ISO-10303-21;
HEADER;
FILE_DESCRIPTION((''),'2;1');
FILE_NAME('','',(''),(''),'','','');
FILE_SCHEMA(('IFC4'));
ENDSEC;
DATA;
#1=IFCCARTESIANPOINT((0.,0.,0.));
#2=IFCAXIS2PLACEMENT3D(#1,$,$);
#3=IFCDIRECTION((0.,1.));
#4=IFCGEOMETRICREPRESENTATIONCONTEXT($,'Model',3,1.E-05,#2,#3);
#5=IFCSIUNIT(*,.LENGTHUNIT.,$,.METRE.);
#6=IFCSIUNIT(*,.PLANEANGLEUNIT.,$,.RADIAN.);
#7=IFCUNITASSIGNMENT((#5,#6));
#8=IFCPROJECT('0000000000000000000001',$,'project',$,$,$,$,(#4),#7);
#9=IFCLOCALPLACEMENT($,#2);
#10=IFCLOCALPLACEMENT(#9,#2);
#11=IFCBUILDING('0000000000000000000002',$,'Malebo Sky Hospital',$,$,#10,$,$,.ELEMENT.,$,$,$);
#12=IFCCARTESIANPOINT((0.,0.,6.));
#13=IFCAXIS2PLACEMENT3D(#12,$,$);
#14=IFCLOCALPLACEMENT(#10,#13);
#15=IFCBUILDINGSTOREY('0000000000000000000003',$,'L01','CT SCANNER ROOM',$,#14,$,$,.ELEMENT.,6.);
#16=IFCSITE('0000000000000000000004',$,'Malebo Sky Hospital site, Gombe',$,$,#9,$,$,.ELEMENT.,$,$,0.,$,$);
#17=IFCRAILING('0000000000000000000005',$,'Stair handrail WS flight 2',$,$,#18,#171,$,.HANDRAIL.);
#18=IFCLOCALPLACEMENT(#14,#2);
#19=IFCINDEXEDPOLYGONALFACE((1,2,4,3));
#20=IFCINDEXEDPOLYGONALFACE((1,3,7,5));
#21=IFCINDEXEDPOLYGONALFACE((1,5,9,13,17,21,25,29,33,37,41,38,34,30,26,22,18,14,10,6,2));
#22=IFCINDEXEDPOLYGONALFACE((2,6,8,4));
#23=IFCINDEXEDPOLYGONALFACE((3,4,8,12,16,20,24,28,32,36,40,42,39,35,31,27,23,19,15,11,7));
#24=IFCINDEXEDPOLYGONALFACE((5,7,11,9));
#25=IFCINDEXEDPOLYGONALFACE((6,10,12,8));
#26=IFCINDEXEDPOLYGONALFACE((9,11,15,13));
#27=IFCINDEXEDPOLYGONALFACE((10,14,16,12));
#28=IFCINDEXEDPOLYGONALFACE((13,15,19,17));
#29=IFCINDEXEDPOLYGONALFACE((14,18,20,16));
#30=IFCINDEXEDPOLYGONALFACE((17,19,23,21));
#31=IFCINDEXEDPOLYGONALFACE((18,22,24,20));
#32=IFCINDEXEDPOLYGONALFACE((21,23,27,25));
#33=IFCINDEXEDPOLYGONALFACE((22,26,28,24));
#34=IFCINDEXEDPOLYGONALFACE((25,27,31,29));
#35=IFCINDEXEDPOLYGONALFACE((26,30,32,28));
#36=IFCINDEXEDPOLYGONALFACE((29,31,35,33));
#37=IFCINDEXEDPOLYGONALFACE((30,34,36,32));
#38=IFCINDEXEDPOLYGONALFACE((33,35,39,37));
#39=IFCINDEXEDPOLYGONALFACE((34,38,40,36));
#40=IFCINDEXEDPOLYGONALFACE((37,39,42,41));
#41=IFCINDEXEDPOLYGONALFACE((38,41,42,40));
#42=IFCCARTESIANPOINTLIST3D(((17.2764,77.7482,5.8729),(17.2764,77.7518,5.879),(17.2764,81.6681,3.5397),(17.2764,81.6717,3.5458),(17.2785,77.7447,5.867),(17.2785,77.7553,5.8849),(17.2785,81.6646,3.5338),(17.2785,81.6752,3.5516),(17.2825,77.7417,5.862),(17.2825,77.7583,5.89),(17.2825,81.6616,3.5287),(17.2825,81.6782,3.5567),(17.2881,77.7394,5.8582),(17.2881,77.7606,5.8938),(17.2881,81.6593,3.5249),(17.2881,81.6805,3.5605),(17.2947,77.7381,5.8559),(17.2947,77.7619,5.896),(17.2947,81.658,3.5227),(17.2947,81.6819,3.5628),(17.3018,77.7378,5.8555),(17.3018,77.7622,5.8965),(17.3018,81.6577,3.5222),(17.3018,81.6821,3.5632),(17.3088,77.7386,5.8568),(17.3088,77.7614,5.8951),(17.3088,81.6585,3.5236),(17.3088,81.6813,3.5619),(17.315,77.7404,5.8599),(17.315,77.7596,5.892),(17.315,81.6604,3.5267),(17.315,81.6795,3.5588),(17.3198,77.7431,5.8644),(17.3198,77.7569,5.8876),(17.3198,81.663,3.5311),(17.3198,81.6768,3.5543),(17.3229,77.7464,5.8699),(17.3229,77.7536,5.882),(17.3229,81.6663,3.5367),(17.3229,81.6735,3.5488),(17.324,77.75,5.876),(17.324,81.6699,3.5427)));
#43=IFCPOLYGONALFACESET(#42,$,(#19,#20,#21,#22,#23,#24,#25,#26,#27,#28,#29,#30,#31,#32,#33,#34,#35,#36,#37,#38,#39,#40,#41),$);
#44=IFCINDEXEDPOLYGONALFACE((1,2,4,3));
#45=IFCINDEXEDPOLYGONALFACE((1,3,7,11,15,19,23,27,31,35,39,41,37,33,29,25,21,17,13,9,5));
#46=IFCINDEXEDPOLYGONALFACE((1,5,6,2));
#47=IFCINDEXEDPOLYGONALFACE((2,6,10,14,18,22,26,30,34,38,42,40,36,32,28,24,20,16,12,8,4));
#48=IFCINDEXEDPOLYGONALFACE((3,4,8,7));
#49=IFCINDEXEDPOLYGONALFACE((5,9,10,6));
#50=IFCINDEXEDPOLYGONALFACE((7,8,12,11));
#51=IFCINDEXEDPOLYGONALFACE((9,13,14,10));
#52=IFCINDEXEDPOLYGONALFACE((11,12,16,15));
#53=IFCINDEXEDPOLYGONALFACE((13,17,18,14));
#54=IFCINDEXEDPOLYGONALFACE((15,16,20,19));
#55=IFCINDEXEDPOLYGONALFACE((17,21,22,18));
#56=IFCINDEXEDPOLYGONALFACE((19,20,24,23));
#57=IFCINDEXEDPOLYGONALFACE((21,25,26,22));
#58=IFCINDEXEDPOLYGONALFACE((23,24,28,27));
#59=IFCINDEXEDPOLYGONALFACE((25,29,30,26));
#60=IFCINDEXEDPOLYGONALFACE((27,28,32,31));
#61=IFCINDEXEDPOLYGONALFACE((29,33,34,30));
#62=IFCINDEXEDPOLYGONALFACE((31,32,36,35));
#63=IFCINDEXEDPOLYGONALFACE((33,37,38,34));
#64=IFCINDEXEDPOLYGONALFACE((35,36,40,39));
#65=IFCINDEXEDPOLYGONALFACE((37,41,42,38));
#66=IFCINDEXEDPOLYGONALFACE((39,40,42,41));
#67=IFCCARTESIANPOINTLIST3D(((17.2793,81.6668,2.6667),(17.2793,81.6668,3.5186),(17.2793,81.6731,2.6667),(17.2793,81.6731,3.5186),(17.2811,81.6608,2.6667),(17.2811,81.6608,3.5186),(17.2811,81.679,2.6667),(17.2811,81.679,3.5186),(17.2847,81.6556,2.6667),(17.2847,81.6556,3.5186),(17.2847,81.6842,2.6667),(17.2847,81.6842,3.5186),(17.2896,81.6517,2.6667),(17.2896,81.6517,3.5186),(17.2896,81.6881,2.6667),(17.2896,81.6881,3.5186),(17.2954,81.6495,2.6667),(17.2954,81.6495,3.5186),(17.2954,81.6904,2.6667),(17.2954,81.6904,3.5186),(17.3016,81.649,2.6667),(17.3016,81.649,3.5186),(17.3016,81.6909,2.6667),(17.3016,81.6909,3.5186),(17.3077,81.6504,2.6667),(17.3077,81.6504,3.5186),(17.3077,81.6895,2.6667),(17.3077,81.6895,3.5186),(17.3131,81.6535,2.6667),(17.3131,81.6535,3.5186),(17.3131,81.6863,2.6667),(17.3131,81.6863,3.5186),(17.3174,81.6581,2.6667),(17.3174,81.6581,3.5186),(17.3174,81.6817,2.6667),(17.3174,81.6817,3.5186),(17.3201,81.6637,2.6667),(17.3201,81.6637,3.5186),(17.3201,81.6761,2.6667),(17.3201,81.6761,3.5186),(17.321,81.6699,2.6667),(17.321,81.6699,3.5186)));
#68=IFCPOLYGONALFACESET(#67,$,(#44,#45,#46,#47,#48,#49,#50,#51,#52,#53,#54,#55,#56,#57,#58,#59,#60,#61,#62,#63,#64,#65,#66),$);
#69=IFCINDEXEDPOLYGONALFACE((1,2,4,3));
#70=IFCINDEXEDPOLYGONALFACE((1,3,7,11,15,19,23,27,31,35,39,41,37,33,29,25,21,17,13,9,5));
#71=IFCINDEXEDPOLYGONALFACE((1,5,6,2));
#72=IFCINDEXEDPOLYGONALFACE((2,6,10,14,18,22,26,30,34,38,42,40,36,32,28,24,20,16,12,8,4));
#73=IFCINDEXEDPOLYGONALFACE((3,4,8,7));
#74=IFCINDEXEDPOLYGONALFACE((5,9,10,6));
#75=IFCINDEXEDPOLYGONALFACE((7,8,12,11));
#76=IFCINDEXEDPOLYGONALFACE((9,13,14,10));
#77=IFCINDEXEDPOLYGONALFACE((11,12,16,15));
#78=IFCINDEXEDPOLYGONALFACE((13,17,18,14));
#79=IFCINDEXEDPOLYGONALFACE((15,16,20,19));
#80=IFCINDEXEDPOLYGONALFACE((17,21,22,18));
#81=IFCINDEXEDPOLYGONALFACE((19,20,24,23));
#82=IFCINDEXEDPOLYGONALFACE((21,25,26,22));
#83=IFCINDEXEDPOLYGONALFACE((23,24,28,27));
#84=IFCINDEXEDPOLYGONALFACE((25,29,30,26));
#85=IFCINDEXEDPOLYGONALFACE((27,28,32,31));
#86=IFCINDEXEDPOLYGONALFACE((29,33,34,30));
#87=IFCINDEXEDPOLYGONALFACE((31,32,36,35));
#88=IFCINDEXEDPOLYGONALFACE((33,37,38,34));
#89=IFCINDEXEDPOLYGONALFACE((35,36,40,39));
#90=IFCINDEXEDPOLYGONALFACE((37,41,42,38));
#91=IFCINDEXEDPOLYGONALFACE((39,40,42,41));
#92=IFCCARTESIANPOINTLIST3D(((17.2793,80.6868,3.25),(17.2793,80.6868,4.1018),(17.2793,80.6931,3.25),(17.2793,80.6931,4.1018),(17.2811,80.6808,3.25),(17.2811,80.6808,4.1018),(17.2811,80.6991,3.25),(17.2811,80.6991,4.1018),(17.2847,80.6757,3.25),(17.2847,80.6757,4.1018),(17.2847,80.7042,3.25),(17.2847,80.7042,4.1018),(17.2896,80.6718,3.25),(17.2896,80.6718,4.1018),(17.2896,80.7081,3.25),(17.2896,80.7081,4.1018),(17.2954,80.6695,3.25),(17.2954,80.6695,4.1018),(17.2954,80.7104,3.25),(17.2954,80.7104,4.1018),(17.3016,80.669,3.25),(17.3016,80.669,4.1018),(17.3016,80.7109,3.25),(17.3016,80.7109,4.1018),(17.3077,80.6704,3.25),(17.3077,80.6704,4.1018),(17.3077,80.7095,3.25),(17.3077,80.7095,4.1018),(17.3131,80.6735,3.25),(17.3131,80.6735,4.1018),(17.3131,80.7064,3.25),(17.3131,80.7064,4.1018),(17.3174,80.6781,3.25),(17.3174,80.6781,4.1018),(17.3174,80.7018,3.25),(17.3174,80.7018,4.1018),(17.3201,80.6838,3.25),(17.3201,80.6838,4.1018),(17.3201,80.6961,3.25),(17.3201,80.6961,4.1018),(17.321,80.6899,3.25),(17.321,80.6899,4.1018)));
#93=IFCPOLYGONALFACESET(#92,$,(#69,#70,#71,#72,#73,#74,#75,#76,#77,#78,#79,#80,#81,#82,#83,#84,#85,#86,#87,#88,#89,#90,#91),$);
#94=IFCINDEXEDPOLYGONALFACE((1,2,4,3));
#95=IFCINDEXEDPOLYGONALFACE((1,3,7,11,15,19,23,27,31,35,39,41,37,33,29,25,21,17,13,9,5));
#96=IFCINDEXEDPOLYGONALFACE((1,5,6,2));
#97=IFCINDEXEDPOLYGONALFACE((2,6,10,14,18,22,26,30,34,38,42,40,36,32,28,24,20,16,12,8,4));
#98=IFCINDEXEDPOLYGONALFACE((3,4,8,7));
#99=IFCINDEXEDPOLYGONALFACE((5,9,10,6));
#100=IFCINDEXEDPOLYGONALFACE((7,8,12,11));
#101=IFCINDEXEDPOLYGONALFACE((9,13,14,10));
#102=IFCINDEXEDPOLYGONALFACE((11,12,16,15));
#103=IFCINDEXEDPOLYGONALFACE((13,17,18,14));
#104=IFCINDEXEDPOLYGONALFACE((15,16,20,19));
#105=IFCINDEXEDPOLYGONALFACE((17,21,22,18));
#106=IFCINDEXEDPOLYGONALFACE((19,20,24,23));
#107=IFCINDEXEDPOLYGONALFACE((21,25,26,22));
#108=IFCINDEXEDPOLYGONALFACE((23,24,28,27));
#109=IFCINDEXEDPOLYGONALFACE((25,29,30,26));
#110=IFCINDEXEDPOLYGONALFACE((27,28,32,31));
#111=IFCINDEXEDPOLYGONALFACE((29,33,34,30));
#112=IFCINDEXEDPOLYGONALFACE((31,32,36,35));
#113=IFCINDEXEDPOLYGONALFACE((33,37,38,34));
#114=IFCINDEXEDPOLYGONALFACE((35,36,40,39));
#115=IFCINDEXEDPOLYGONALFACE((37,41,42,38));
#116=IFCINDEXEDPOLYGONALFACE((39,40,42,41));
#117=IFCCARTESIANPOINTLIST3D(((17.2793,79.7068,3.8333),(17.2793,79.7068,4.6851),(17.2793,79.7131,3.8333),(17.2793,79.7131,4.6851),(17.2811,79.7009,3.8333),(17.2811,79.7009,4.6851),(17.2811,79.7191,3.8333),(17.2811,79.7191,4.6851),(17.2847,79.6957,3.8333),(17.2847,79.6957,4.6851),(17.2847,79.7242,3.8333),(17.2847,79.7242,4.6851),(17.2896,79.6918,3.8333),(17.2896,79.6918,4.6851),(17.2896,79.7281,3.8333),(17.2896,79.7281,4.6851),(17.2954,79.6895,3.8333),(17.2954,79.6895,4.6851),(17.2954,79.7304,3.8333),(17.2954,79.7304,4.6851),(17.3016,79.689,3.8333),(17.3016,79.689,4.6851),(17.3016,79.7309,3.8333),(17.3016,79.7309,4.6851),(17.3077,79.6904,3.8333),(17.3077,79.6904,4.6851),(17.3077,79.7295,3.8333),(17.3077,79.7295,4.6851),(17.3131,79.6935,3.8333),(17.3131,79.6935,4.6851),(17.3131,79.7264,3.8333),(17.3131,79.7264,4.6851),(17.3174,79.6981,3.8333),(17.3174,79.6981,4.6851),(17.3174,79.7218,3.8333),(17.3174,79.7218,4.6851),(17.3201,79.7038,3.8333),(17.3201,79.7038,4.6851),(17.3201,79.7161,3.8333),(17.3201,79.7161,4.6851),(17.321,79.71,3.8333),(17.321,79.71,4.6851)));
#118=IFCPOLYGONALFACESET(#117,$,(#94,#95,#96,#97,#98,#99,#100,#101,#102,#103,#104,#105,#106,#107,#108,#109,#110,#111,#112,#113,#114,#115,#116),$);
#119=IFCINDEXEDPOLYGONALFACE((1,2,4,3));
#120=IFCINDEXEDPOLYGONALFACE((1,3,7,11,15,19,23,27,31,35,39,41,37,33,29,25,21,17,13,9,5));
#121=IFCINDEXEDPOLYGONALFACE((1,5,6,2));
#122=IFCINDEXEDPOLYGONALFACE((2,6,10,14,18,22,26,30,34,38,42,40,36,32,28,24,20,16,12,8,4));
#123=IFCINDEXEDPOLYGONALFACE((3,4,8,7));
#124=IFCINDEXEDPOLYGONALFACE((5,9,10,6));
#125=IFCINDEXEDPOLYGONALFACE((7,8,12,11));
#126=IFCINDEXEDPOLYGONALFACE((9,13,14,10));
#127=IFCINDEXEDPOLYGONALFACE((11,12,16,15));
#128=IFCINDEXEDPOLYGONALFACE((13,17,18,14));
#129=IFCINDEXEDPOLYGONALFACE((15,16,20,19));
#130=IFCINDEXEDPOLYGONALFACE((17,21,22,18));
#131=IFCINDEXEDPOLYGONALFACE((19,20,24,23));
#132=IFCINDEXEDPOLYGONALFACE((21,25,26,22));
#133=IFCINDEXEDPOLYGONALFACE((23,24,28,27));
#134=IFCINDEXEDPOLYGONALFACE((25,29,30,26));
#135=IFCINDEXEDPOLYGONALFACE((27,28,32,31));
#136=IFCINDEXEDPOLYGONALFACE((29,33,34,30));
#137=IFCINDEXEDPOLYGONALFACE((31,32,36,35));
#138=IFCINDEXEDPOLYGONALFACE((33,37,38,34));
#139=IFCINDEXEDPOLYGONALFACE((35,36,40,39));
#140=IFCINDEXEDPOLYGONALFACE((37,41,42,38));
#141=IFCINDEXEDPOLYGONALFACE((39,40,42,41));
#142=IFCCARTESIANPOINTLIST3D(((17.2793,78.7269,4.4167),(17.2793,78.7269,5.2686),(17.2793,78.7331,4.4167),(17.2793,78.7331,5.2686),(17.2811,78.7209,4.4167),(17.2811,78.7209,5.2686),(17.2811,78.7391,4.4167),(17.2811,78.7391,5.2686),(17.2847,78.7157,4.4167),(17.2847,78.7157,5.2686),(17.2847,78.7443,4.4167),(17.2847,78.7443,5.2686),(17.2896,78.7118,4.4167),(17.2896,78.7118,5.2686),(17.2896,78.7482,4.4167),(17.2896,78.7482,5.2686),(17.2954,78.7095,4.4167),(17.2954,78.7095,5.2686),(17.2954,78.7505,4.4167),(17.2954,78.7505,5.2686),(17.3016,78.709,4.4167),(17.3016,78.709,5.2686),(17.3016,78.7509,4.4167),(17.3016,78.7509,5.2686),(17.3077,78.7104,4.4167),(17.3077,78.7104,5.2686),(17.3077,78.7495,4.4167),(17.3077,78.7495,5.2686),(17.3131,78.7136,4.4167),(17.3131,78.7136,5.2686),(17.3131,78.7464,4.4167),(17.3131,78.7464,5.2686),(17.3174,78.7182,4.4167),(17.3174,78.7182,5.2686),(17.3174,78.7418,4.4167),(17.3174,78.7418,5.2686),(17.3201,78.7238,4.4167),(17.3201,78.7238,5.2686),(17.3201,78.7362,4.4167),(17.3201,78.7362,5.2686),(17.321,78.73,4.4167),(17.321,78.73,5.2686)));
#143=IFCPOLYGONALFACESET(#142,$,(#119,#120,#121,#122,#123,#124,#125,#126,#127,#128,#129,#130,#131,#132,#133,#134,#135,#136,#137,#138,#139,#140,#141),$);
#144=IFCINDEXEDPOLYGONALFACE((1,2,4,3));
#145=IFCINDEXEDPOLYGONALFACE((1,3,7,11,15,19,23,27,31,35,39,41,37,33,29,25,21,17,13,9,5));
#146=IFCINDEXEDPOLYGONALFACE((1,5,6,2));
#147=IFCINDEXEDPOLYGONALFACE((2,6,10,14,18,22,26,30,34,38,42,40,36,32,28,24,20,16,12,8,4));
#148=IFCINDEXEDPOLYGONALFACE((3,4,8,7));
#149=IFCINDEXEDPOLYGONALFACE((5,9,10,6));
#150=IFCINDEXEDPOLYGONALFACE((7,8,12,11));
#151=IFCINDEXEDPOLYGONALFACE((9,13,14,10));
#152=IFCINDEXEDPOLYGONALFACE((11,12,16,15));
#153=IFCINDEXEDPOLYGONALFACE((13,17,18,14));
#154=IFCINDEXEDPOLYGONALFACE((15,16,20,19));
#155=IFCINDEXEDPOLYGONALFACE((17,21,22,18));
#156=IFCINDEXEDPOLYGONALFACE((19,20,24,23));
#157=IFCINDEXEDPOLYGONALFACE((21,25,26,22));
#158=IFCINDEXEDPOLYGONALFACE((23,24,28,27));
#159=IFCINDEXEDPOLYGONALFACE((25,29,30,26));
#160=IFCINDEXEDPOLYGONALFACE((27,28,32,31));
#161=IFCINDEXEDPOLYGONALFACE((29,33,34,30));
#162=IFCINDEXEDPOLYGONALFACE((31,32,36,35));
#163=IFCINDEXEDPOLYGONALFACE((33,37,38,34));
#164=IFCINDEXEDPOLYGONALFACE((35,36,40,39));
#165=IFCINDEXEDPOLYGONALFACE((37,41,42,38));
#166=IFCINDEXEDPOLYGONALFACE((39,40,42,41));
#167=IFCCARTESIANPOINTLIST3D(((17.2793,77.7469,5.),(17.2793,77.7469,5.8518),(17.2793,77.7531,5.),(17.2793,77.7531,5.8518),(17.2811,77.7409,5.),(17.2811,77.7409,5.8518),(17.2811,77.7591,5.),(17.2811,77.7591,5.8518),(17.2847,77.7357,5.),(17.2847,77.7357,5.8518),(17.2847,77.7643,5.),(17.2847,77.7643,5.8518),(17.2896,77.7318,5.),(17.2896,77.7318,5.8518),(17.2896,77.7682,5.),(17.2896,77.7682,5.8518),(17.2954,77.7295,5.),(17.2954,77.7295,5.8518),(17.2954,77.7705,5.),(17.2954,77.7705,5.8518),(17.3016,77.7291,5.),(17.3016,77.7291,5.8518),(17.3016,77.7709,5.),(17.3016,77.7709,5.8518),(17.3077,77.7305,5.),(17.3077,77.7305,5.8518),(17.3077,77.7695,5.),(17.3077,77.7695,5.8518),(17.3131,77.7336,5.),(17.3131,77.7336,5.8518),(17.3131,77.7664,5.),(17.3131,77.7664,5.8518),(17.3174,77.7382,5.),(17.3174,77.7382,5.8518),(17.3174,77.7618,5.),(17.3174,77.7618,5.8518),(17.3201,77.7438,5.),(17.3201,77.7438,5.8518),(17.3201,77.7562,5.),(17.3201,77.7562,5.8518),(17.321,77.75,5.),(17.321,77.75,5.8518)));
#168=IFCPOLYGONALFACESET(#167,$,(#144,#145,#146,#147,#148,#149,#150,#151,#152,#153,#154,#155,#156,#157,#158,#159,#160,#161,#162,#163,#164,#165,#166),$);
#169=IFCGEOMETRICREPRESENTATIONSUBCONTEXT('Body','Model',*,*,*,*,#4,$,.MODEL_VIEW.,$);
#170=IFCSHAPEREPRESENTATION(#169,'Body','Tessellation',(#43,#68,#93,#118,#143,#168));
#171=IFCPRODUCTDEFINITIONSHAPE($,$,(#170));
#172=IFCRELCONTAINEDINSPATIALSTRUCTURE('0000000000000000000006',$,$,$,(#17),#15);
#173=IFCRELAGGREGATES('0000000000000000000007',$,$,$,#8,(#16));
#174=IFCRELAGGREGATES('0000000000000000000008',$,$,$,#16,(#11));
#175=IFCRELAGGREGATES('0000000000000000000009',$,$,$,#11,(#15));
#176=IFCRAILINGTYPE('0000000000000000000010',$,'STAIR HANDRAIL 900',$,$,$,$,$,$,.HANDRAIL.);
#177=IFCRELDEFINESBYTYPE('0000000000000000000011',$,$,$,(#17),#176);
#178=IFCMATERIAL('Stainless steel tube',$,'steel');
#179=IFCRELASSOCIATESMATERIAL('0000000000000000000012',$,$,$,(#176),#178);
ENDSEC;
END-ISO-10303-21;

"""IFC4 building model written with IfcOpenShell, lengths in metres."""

from ifc_helpers import new_model, si_unit, direction, frame, origin, origin_2d, place, context, subcontext, project, spatial, circle, extrude, material, type_object, element, save


model = new_model("IFC4")

# Units and contexts
model_context = context("Model", 3, precision=1e-05, world=origin(), true_north=direction((0.0, 1.0)))
body_context = subcontext(model_context, "Body", "Model", "MODEL_VIEW")
ifc_project = project(units=[si_unit("LENGTHUNIT", "METRE"), si_unit("PLANEANGLEUNIT", "RADIAN")], contexts=[model_context])

# Site, building, storey
site_placement = place(None, origin())
site = spatial("IfcSite", under=ifc_project, at=site_placement, Name="Malebo Sky Hospital site, Gombe", CompositionType="ELEMENT", RefElevation=0.0)
building_placement = place(site_placement, origin())
building = spatial("IfcBuilding", under=site, at=building_placement, Name="Malebo Sky Hospital", CompositionType="ELEMENT")
storey_placement = place(building_placement, frame((0.0, 0.0, 6.0)))
storey = spatial("IfcBuildingStorey", under=building, at=storey_placement, Name="L01", Description="CT SCANNER ROOM", CompositionType="ELEMENT", Elevation=6.0)

# Railing
ifc_material_1 = material(Name="Stainless steel tube", Category="steel")
railing_type = type_object("IfcRailingType", Name="STAIR HANDRAIL 900", PredefinedType="HANDRAIL", material=ifc_material_1)
railing_1_placement = place(storey_placement, frame((17.3, 81.6699, 2.6667)))
element("IfcRailing", 1, at=railing_1_placement, inside=storey, type_object=railing_type, Name="Stair handrail WS flight 2", PredefinedType="HANDRAIL", context=body_context, shape_type="SweptSolid", body=[
    extrude(circle(Radius=0.0239, at=origin_2d()), frame((0.0, 0.0, 0.876), z_axis=(0.0, -0.859296, 0.511478), x_axis=(1.0, 0.0, 0.0)), (0.0, 0.0, 1.0), 4.5618),
    extrude(circle(Radius=0.021, at=origin_2d()), origin(), (0.0, 0.0, 1.0), 0.8518),
    extrude(circle(Radius=0.021, at=origin_2d()), frame((0.0, -0.98, 0.5833)), (0.0, 0.0, 1.0), 0.8518),
    extrude(circle(Radius=0.021, at=origin_2d()), frame((0.0, -1.96, 1.1665)), (0.0, 0.0, 1.0), 0.8518),
    extrude(circle(Radius=0.021, at=origin_2d()), frame((0.0, -2.9399, 1.75)), (0.0, 0.0, 1.0), 0.8518),
    extrude(circle(Radius=0.021, at=origin_2d()), frame((0.0, -3.9199, 2.3333)), (0.0, 0.0, 1.0), 0.8518),
])

save(model, "model.ifc")
